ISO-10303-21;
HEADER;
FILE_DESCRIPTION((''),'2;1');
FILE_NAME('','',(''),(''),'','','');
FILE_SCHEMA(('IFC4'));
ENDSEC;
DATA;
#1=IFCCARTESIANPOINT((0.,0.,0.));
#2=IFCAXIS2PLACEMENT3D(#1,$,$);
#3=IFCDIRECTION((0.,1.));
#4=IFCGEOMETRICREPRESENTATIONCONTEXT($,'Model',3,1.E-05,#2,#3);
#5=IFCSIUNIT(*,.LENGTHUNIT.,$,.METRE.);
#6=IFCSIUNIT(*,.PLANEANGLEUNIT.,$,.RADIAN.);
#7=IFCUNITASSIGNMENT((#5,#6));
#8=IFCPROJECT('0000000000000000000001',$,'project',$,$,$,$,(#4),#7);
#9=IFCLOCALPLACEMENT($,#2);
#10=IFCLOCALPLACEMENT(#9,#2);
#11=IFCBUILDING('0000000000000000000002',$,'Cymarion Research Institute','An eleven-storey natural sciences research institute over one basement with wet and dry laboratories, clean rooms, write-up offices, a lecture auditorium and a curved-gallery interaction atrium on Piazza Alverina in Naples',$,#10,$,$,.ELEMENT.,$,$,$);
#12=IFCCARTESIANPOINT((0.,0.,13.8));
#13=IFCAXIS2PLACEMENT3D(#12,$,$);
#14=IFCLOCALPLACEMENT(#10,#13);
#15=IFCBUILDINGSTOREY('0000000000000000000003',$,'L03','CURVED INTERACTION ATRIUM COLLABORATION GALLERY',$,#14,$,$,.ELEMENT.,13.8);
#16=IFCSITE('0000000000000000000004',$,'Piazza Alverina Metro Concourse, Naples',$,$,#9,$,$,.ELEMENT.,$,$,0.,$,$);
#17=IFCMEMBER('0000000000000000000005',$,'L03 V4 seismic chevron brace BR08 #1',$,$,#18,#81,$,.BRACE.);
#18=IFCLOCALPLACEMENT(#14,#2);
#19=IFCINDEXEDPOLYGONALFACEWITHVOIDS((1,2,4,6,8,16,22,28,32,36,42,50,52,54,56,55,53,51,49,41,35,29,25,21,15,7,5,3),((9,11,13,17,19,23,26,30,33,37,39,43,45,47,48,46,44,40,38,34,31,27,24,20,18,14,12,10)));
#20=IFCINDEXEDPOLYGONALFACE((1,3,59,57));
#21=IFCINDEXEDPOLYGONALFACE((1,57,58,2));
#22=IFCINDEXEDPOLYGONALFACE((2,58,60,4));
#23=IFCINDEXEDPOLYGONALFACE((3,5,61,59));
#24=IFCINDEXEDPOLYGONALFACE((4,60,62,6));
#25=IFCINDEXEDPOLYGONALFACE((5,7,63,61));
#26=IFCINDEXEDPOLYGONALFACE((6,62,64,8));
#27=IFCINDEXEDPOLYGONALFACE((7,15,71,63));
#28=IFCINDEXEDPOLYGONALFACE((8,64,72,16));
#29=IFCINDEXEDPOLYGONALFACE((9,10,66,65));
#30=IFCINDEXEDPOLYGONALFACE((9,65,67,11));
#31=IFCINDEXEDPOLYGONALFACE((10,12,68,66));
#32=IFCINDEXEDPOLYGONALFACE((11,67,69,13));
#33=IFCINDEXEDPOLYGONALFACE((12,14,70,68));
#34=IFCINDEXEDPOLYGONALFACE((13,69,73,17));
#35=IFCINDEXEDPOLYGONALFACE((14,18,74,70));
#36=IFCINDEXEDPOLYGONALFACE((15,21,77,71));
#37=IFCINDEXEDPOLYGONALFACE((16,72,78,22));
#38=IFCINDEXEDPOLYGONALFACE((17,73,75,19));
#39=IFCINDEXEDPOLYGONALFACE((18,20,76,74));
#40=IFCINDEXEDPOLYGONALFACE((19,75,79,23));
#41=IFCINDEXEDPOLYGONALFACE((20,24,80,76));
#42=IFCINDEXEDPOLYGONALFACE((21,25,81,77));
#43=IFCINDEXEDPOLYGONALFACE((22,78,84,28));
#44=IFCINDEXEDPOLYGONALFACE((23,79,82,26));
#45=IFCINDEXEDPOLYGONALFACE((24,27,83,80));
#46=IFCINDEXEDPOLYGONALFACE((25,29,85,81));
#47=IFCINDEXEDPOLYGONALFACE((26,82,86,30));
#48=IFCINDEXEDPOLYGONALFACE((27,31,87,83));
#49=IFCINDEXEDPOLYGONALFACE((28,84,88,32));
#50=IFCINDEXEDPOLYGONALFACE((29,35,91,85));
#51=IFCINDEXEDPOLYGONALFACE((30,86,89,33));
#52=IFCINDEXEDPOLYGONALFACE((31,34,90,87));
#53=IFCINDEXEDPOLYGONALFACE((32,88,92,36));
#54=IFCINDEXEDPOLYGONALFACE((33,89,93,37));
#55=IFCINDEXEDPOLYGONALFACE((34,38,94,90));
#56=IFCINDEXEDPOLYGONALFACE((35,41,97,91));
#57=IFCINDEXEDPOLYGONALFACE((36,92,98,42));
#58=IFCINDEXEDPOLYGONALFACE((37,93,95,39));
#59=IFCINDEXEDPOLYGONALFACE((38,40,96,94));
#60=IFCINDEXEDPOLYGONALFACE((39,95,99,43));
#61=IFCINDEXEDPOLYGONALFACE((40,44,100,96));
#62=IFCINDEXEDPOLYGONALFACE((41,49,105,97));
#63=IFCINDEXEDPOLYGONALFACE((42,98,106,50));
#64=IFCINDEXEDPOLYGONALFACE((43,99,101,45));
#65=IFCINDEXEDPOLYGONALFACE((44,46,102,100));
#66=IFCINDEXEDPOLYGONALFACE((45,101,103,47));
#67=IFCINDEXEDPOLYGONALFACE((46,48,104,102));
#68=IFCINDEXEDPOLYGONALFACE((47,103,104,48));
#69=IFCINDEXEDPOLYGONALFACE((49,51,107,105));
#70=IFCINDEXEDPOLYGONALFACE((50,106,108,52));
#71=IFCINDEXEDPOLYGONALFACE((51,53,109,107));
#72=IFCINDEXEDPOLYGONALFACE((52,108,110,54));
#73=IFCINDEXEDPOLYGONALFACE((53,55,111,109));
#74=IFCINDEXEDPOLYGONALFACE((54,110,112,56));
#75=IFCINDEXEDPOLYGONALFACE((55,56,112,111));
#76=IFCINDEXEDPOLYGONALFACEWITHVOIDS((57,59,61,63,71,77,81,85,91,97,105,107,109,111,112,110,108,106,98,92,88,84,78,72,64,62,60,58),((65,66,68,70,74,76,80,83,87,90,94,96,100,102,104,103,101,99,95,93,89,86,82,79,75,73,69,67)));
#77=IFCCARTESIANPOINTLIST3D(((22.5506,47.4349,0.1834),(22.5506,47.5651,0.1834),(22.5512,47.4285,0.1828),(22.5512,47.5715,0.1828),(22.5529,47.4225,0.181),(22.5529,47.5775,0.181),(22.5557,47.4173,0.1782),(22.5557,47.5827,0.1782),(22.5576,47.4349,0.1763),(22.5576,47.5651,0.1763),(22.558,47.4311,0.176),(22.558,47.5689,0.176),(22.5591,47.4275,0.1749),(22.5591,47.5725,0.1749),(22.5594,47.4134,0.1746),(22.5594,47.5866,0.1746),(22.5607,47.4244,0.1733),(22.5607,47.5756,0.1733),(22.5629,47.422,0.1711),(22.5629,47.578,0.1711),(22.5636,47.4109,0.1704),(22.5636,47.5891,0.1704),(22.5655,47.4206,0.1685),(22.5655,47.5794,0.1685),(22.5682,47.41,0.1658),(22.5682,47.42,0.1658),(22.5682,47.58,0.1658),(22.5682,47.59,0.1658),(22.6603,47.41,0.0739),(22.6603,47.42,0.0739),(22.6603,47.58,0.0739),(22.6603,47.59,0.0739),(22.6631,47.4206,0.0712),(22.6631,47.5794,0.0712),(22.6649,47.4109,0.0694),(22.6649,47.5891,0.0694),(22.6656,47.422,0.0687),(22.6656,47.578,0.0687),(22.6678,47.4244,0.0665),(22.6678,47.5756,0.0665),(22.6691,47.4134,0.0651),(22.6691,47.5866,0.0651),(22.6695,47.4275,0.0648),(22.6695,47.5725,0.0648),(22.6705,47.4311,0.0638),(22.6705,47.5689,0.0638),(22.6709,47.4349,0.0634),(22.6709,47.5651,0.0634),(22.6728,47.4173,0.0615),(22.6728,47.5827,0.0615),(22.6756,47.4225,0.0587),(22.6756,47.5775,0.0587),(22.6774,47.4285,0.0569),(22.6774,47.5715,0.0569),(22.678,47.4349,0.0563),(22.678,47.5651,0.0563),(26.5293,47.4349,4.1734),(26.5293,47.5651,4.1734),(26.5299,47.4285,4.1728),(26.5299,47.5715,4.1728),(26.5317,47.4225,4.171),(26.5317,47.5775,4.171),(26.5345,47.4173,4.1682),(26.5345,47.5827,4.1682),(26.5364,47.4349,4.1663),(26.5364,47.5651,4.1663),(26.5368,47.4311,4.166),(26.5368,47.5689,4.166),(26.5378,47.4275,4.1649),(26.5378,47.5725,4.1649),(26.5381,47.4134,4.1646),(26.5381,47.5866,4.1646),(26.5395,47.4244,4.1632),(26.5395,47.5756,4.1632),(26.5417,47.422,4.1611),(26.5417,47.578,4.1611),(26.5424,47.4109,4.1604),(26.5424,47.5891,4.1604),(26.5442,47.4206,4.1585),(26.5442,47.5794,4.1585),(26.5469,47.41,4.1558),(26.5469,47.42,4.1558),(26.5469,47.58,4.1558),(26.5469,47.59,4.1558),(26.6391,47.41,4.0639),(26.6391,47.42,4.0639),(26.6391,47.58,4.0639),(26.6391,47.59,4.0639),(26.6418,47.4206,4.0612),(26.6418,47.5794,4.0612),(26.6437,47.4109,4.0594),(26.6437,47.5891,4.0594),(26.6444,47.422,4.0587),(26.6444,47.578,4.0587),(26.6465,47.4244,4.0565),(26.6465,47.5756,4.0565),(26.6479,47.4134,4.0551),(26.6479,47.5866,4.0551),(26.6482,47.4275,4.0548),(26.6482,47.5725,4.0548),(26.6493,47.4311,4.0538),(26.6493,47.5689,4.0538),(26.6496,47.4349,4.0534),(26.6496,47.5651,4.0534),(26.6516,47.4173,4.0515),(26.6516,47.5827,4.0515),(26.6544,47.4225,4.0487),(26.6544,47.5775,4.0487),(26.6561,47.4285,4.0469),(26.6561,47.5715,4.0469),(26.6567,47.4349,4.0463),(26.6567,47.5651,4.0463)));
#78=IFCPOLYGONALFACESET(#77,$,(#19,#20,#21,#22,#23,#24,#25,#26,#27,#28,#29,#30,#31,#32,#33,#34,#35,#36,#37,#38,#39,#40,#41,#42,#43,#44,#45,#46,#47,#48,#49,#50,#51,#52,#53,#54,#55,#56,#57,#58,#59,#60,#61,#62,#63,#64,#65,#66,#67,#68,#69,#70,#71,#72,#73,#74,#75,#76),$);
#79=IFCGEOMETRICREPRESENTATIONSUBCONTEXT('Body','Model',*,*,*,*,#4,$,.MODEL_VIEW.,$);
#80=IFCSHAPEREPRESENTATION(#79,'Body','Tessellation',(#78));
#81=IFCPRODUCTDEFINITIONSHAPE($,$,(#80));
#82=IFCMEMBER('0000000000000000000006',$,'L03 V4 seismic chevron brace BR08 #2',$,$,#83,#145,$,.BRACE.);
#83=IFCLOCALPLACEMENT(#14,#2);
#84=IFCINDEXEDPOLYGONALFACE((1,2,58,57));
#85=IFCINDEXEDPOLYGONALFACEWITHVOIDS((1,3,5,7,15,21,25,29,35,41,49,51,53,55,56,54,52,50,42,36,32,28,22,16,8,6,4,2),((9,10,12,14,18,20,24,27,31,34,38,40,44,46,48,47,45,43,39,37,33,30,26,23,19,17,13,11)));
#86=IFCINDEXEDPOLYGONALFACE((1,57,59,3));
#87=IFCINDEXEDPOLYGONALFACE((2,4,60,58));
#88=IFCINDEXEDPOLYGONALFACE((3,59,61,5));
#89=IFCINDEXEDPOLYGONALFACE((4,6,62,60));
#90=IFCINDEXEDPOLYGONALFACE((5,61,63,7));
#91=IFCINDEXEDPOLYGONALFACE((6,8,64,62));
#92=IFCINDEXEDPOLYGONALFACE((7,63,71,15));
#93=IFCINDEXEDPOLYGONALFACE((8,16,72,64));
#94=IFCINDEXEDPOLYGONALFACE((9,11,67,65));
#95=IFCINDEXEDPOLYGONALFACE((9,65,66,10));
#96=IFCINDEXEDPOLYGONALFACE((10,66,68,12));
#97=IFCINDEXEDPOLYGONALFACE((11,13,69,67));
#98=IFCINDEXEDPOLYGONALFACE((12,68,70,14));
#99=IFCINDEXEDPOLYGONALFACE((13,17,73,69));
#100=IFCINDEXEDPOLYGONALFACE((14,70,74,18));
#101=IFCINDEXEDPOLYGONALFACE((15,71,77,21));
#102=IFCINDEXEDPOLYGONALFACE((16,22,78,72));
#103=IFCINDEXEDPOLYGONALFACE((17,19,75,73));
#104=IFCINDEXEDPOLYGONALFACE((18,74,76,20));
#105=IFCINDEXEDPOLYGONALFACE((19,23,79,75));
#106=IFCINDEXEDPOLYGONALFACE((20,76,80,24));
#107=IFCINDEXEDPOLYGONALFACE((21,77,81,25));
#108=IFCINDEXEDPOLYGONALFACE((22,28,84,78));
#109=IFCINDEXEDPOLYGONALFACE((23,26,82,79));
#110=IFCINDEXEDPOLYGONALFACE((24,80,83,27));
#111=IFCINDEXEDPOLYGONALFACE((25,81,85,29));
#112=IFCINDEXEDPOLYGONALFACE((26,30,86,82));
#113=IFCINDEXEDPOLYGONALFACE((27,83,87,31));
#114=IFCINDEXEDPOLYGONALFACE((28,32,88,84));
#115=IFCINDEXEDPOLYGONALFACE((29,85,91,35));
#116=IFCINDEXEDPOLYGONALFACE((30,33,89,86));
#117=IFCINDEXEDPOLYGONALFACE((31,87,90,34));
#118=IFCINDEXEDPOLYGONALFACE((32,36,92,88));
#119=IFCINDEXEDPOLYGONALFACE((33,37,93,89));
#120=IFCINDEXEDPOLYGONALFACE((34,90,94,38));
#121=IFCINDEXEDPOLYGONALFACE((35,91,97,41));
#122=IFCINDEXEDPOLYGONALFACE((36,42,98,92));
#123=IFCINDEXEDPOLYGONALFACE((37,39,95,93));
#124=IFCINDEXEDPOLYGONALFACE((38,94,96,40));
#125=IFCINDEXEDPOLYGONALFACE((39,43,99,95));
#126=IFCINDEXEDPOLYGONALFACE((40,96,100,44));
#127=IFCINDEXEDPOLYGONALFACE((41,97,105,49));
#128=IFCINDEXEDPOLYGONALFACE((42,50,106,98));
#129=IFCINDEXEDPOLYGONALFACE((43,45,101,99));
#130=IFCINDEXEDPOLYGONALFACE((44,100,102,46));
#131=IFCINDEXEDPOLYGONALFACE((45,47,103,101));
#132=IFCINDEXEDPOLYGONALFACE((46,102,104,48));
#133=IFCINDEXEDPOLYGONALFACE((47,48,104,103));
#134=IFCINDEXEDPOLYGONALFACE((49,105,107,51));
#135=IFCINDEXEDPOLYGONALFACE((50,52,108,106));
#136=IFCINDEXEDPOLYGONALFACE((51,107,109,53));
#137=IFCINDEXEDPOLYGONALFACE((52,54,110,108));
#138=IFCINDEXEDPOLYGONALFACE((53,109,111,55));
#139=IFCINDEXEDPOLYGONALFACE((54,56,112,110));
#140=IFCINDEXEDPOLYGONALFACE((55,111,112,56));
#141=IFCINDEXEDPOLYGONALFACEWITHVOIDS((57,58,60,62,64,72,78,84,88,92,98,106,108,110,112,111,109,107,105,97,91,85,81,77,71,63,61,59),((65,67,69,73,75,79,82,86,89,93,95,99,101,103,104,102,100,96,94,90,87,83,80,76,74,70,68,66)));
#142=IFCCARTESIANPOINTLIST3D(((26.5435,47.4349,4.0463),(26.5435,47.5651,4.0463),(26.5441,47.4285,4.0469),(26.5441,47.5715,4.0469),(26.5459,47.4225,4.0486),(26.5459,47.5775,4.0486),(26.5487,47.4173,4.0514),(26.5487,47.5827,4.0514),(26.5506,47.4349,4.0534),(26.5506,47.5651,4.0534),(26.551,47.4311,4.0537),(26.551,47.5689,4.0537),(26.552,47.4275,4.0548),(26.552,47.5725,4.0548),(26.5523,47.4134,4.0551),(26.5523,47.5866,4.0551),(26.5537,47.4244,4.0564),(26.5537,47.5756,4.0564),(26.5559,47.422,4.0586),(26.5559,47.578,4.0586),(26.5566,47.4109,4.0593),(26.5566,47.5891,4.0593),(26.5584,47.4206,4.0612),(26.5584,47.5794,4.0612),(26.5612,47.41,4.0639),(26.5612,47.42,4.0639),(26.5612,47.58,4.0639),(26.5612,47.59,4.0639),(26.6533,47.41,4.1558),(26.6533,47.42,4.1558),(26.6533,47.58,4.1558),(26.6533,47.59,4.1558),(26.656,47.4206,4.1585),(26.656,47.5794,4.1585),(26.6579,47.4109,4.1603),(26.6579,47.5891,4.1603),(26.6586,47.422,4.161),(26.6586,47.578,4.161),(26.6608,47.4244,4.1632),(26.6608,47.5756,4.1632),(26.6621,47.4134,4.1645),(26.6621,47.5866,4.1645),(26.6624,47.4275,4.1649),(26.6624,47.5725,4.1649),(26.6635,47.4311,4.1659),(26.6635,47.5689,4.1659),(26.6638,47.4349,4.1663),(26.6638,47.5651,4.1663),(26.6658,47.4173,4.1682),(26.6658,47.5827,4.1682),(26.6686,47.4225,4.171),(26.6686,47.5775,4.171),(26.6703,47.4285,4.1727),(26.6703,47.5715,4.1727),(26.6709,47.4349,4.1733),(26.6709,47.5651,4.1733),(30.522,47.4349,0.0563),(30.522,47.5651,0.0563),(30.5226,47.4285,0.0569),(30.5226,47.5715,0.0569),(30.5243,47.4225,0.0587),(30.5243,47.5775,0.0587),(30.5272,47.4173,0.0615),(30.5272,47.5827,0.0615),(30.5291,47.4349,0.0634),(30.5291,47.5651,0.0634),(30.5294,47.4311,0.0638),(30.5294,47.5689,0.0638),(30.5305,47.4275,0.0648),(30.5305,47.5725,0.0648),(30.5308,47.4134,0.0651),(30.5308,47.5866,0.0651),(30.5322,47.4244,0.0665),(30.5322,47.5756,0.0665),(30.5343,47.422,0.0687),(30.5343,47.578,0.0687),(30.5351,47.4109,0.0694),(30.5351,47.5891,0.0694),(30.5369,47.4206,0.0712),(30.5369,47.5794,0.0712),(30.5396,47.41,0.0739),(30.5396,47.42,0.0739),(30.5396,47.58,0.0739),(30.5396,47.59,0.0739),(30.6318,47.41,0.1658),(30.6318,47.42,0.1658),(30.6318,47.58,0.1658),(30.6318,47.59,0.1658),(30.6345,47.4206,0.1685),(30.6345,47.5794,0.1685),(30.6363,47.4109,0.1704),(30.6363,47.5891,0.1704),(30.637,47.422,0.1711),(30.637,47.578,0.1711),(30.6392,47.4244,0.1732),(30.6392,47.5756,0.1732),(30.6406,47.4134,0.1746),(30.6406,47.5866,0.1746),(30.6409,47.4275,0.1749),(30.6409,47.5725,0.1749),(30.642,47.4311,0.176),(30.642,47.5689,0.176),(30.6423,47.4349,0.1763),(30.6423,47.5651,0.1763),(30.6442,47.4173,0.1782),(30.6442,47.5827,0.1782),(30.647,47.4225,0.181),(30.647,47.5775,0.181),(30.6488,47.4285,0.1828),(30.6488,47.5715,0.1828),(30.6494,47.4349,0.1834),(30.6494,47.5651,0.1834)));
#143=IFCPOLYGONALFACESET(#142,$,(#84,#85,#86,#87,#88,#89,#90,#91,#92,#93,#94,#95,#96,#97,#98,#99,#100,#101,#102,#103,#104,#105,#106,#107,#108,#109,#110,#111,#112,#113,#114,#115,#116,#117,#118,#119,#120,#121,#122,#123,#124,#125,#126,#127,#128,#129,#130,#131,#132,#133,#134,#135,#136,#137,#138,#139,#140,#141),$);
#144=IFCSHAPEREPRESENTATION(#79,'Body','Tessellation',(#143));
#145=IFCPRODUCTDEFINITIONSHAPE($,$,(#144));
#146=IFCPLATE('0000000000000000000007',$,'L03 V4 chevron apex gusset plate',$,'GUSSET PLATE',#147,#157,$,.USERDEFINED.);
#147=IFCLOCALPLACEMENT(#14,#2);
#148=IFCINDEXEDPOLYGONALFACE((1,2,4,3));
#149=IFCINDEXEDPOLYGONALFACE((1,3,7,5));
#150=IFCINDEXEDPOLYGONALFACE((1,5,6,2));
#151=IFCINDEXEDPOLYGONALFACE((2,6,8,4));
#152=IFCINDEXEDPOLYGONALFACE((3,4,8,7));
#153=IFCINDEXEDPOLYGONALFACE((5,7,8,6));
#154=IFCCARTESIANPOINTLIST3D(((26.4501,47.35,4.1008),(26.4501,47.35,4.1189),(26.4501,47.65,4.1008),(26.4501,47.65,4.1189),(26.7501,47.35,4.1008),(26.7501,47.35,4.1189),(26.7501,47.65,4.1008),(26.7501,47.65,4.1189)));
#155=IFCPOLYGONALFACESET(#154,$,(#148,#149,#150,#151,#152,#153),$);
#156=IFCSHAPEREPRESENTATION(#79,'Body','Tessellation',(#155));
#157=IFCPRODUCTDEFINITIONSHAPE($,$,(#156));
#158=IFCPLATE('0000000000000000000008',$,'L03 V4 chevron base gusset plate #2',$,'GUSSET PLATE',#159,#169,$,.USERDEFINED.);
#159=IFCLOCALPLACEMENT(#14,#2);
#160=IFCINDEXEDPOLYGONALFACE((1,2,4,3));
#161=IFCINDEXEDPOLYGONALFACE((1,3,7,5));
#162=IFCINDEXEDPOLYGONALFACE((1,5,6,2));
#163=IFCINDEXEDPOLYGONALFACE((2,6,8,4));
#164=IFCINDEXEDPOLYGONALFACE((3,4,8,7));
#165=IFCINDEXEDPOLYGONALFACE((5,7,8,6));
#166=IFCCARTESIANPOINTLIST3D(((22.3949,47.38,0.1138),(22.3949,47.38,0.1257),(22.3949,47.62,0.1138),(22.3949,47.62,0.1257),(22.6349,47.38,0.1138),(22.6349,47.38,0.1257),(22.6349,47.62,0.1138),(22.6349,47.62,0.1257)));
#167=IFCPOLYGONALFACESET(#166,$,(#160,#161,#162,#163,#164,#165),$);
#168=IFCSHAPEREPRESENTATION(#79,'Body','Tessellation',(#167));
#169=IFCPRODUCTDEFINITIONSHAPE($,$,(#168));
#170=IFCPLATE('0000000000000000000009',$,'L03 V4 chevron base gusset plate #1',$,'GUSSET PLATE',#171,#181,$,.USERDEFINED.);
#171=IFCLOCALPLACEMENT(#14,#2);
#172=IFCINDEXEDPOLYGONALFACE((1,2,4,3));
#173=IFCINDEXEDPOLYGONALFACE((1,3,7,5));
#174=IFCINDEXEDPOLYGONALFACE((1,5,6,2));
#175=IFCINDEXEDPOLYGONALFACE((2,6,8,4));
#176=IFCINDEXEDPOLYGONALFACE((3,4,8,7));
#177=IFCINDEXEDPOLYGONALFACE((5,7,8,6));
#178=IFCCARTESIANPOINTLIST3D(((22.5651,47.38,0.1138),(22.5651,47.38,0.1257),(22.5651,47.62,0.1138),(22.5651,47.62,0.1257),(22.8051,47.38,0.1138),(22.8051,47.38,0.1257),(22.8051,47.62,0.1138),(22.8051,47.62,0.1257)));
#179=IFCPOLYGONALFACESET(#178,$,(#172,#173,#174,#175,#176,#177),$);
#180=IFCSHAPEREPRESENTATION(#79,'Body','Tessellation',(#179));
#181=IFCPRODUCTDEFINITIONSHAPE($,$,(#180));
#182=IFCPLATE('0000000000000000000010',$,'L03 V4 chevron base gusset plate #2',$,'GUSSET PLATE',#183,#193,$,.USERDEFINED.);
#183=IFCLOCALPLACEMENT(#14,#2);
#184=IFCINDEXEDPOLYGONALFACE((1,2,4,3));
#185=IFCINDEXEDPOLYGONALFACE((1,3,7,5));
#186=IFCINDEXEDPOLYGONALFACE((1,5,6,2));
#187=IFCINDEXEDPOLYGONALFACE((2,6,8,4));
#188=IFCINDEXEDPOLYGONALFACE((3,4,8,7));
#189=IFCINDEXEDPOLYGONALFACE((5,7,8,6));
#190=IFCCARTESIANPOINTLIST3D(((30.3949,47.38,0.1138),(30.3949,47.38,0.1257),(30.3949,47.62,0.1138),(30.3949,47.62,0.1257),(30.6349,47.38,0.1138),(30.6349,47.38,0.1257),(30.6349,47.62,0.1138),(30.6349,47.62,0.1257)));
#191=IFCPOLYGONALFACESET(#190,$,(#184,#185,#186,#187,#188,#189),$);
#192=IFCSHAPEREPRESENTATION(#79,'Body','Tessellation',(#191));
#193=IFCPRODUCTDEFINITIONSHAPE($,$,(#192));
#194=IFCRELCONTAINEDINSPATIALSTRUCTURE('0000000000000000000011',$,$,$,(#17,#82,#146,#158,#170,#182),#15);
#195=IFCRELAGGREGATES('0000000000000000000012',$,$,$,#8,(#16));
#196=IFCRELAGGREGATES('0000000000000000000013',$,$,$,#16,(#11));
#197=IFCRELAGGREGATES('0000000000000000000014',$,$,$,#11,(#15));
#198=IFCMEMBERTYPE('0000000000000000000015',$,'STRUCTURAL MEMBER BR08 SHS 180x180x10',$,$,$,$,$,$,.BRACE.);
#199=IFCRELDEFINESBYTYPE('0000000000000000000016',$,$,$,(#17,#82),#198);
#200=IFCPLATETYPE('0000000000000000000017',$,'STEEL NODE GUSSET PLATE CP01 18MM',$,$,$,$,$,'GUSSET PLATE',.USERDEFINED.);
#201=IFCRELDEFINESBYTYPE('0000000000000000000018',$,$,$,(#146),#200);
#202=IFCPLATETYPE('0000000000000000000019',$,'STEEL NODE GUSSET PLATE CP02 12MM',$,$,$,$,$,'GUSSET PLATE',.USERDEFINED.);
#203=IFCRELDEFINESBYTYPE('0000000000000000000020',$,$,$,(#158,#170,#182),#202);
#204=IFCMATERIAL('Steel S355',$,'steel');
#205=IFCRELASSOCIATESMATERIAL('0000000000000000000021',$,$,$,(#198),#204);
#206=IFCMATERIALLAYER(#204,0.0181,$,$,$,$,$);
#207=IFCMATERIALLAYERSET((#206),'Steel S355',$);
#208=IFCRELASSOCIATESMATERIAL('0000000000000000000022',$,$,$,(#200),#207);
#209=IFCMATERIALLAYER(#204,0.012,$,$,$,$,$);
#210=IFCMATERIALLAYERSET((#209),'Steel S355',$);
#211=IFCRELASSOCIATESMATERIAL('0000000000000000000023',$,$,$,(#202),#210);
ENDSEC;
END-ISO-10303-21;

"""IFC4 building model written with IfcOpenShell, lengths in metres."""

from ifc_helpers import new_model, si_unit, direction, frame, origin, origin_2d, place, context, subcontext, project, spatial, rectangle, hollow_rectangle, extrude, material, layer, layer_set, material_profile, profile_set, type_object, element, save


model = new_model("IFC4")

# Units and contexts
model_context = context("Model", 3, precision=1e-05, world=origin(), true_north=direction((0.0, 1.0)))
body_context = subcontext(model_context, "Body", "Model", "MODEL_VIEW")
ifc_project = project(units=[si_unit("LENGTHUNIT", "METRE"), si_unit("PLANEANGLEUNIT", "RADIAN")], contexts=[model_context])

# Site, building, storey
site_placement = place(None, origin())
site = spatial("IfcSite", under=ifc_project, at=site_placement, Name="Piazza Alverina Metro Concourse, Naples", CompositionType="ELEMENT", RefElevation=0.0)
building_placement = place(site_placement, origin())
building = spatial("IfcBuilding", under=site, at=building_placement, Name="Cymarion Research Institute", Description="An eleven-storey natural sciences research institute over one basement with wet and dry laboratories, clean rooms, write-up offices, a lecture auditorium and a curved-gallery interaction atrium on Piazza Alverina in Naples", CompositionType="ELEMENT")
storey_placement = place(building_placement, frame((0.0, 0.0, 13.8)))
storey = spatial("IfcBuildingStorey", under=building, at=storey_placement, Name="L03", Description="CURVED INTERACTION ATRIUM COLLABORATION GALLERY", CompositionType="ELEMENT", Elevation=13.8)

# Shared definitions
ifc_material_1 = material(Name="Steel S355", Category="steel")

# Members
ifc_material_profile_1 = material_profile(ifc_material_1, hollow_rectangle(XDim=0.1799, YDim=0.1799, WallThickness=0.01, InnerFilletRadius=0.0149, OuterFilletRadius=0.0249, at=origin_2d()), Name="SHS 180x180x10")
ifc_profile_set_1 = profile_set([ifc_material_profile_1], Name="Steel S355")
member_type_1 = type_object("IfcMemberType", Name="STRUCTURAL MEMBER BR08 SHS 180x180x10", PredefinedType="BRACE", material=ifc_profile_set_1)
member_1_placement = place(storey_placement, frame((22.6143, 47.5, 0.1199), z_axis=(0.70611, 0.0, 0.708103), x_axis=(0.0, 1.0, 0.0)))
element("IfcMember", 1, at=member_1_placement, inside=storey, type_object=member_type_1, Name="L03 V4 seismic chevron brace BR08 #1", PredefinedType="BRACE", context=body_context, shape_type="SweptSolid", body=[
    extrude(hollow_rectangle(XDim=0.1799, YDim=0.1799, WallThickness=0.01, InnerFilletRadius=0.0149, OuterFilletRadius=0.0249, at=origin_2d()), origin(), (0.0, 0.0, 1.0), 5.6348),
])
member_2_placement = place(storey_placement, frame((30.5857, 47.5, 0.1199), z_axis=(-0.706088, 0.0, 0.708124), x_axis=(0.0, -1.0, 0.0)))
element("IfcMember", 2, at=member_2_placement, inside=storey, type_object=member_type_1, Name="L03 V4 seismic chevron brace BR08 #2", PredefinedType="BRACE", context=body_context, shape_type="SweptSolid", body=[
    extrude(hollow_rectangle(XDim=0.1799, YDim=0.1799, WallThickness=0.01, InnerFilletRadius=0.0149, OuterFilletRadius=0.0249, at=origin_2d()), origin(), (0.0, 0.0, 1.0), 5.6345),
])

# Plates
ifc_layer_1 = layer(ifc_material_1, 0.0181)
ifc_layer_set_1 = layer_set([ifc_layer_1], Name="Steel S355")
plate_type_1 = type_object("IfcPlateType", Name="STEEL NODE GUSSET PLATE CP01 18MM", ElementType="GUSSET PLATE", PredefinedType="USERDEFINED", material=ifc_layer_set_1)
plate_placement = place(storey_placement, frame((26.6001, 47.5, 4.1008), z_axis=(0.0, 0.0, 1.0), x_axis=(1.0, 0.0, 0.0)))
element("IfcPlate", 3, at=plate_placement, inside=storey, type_object=plate_type_1, Name="L03 V4 chevron apex gusset plate", ObjectType="GUSSET PLATE", PredefinedType="USERDEFINED", context=body_context, shape_type="SweptSolid", body=[
    extrude(rectangle(XDim=0.3, YDim=0.3, at=origin_2d()), origin(), (0.0, 0.0, 1.0), 0.0181),
])
ifc_layer_2 = layer(ifc_material_1, 0.012)
ifc_layer_set_2 = layer_set([ifc_layer_2], Name="Steel S355")
plate_type_2 = type_object("IfcPlateType", Name="STEEL NODE GUSSET PLATE CP02 12MM", ElementType="GUSSET PLATE", PredefinedType="USERDEFINED", material=ifc_layer_set_2)
for number, where, z_axis, x_axis, name in (
    (4, (22.5149, 47.5, 0.1138), (0.0, 0.0, 1.0), (1.0, 0.0, 0.0), "L03 V4 chevron base gusset plate #2"),
    (5, (22.6851, 47.5, 0.1138), (0.0, 0.0, 1.0), (1.0, 0.0, 0.0), "L03 V4 chevron base gusset plate #1"),
    (6, (30.5149, 47.5, 0.1138), (0.0, 0.0, 1.0), (1.0, 0.0, 0.0), "L03 V4 chevron base gusset plate #2"),
):
    element("IfcPlate", number, at=place(storey_placement, frame(where, z_axis=z_axis, x_axis=x_axis)), inside=storey, type_object=plate_type_2, Name=name, ObjectType="GUSSET PLATE", PredefinedType="USERDEFINED", context=body_context, shape_type="SweptSolid", body=[
        extrude(rectangle(XDim=0.24, YDim=0.24, at=origin_2d()), origin(), (0.0, 0.0, 1.0), 0.012),
    ])

save(model, "model.ifc")
